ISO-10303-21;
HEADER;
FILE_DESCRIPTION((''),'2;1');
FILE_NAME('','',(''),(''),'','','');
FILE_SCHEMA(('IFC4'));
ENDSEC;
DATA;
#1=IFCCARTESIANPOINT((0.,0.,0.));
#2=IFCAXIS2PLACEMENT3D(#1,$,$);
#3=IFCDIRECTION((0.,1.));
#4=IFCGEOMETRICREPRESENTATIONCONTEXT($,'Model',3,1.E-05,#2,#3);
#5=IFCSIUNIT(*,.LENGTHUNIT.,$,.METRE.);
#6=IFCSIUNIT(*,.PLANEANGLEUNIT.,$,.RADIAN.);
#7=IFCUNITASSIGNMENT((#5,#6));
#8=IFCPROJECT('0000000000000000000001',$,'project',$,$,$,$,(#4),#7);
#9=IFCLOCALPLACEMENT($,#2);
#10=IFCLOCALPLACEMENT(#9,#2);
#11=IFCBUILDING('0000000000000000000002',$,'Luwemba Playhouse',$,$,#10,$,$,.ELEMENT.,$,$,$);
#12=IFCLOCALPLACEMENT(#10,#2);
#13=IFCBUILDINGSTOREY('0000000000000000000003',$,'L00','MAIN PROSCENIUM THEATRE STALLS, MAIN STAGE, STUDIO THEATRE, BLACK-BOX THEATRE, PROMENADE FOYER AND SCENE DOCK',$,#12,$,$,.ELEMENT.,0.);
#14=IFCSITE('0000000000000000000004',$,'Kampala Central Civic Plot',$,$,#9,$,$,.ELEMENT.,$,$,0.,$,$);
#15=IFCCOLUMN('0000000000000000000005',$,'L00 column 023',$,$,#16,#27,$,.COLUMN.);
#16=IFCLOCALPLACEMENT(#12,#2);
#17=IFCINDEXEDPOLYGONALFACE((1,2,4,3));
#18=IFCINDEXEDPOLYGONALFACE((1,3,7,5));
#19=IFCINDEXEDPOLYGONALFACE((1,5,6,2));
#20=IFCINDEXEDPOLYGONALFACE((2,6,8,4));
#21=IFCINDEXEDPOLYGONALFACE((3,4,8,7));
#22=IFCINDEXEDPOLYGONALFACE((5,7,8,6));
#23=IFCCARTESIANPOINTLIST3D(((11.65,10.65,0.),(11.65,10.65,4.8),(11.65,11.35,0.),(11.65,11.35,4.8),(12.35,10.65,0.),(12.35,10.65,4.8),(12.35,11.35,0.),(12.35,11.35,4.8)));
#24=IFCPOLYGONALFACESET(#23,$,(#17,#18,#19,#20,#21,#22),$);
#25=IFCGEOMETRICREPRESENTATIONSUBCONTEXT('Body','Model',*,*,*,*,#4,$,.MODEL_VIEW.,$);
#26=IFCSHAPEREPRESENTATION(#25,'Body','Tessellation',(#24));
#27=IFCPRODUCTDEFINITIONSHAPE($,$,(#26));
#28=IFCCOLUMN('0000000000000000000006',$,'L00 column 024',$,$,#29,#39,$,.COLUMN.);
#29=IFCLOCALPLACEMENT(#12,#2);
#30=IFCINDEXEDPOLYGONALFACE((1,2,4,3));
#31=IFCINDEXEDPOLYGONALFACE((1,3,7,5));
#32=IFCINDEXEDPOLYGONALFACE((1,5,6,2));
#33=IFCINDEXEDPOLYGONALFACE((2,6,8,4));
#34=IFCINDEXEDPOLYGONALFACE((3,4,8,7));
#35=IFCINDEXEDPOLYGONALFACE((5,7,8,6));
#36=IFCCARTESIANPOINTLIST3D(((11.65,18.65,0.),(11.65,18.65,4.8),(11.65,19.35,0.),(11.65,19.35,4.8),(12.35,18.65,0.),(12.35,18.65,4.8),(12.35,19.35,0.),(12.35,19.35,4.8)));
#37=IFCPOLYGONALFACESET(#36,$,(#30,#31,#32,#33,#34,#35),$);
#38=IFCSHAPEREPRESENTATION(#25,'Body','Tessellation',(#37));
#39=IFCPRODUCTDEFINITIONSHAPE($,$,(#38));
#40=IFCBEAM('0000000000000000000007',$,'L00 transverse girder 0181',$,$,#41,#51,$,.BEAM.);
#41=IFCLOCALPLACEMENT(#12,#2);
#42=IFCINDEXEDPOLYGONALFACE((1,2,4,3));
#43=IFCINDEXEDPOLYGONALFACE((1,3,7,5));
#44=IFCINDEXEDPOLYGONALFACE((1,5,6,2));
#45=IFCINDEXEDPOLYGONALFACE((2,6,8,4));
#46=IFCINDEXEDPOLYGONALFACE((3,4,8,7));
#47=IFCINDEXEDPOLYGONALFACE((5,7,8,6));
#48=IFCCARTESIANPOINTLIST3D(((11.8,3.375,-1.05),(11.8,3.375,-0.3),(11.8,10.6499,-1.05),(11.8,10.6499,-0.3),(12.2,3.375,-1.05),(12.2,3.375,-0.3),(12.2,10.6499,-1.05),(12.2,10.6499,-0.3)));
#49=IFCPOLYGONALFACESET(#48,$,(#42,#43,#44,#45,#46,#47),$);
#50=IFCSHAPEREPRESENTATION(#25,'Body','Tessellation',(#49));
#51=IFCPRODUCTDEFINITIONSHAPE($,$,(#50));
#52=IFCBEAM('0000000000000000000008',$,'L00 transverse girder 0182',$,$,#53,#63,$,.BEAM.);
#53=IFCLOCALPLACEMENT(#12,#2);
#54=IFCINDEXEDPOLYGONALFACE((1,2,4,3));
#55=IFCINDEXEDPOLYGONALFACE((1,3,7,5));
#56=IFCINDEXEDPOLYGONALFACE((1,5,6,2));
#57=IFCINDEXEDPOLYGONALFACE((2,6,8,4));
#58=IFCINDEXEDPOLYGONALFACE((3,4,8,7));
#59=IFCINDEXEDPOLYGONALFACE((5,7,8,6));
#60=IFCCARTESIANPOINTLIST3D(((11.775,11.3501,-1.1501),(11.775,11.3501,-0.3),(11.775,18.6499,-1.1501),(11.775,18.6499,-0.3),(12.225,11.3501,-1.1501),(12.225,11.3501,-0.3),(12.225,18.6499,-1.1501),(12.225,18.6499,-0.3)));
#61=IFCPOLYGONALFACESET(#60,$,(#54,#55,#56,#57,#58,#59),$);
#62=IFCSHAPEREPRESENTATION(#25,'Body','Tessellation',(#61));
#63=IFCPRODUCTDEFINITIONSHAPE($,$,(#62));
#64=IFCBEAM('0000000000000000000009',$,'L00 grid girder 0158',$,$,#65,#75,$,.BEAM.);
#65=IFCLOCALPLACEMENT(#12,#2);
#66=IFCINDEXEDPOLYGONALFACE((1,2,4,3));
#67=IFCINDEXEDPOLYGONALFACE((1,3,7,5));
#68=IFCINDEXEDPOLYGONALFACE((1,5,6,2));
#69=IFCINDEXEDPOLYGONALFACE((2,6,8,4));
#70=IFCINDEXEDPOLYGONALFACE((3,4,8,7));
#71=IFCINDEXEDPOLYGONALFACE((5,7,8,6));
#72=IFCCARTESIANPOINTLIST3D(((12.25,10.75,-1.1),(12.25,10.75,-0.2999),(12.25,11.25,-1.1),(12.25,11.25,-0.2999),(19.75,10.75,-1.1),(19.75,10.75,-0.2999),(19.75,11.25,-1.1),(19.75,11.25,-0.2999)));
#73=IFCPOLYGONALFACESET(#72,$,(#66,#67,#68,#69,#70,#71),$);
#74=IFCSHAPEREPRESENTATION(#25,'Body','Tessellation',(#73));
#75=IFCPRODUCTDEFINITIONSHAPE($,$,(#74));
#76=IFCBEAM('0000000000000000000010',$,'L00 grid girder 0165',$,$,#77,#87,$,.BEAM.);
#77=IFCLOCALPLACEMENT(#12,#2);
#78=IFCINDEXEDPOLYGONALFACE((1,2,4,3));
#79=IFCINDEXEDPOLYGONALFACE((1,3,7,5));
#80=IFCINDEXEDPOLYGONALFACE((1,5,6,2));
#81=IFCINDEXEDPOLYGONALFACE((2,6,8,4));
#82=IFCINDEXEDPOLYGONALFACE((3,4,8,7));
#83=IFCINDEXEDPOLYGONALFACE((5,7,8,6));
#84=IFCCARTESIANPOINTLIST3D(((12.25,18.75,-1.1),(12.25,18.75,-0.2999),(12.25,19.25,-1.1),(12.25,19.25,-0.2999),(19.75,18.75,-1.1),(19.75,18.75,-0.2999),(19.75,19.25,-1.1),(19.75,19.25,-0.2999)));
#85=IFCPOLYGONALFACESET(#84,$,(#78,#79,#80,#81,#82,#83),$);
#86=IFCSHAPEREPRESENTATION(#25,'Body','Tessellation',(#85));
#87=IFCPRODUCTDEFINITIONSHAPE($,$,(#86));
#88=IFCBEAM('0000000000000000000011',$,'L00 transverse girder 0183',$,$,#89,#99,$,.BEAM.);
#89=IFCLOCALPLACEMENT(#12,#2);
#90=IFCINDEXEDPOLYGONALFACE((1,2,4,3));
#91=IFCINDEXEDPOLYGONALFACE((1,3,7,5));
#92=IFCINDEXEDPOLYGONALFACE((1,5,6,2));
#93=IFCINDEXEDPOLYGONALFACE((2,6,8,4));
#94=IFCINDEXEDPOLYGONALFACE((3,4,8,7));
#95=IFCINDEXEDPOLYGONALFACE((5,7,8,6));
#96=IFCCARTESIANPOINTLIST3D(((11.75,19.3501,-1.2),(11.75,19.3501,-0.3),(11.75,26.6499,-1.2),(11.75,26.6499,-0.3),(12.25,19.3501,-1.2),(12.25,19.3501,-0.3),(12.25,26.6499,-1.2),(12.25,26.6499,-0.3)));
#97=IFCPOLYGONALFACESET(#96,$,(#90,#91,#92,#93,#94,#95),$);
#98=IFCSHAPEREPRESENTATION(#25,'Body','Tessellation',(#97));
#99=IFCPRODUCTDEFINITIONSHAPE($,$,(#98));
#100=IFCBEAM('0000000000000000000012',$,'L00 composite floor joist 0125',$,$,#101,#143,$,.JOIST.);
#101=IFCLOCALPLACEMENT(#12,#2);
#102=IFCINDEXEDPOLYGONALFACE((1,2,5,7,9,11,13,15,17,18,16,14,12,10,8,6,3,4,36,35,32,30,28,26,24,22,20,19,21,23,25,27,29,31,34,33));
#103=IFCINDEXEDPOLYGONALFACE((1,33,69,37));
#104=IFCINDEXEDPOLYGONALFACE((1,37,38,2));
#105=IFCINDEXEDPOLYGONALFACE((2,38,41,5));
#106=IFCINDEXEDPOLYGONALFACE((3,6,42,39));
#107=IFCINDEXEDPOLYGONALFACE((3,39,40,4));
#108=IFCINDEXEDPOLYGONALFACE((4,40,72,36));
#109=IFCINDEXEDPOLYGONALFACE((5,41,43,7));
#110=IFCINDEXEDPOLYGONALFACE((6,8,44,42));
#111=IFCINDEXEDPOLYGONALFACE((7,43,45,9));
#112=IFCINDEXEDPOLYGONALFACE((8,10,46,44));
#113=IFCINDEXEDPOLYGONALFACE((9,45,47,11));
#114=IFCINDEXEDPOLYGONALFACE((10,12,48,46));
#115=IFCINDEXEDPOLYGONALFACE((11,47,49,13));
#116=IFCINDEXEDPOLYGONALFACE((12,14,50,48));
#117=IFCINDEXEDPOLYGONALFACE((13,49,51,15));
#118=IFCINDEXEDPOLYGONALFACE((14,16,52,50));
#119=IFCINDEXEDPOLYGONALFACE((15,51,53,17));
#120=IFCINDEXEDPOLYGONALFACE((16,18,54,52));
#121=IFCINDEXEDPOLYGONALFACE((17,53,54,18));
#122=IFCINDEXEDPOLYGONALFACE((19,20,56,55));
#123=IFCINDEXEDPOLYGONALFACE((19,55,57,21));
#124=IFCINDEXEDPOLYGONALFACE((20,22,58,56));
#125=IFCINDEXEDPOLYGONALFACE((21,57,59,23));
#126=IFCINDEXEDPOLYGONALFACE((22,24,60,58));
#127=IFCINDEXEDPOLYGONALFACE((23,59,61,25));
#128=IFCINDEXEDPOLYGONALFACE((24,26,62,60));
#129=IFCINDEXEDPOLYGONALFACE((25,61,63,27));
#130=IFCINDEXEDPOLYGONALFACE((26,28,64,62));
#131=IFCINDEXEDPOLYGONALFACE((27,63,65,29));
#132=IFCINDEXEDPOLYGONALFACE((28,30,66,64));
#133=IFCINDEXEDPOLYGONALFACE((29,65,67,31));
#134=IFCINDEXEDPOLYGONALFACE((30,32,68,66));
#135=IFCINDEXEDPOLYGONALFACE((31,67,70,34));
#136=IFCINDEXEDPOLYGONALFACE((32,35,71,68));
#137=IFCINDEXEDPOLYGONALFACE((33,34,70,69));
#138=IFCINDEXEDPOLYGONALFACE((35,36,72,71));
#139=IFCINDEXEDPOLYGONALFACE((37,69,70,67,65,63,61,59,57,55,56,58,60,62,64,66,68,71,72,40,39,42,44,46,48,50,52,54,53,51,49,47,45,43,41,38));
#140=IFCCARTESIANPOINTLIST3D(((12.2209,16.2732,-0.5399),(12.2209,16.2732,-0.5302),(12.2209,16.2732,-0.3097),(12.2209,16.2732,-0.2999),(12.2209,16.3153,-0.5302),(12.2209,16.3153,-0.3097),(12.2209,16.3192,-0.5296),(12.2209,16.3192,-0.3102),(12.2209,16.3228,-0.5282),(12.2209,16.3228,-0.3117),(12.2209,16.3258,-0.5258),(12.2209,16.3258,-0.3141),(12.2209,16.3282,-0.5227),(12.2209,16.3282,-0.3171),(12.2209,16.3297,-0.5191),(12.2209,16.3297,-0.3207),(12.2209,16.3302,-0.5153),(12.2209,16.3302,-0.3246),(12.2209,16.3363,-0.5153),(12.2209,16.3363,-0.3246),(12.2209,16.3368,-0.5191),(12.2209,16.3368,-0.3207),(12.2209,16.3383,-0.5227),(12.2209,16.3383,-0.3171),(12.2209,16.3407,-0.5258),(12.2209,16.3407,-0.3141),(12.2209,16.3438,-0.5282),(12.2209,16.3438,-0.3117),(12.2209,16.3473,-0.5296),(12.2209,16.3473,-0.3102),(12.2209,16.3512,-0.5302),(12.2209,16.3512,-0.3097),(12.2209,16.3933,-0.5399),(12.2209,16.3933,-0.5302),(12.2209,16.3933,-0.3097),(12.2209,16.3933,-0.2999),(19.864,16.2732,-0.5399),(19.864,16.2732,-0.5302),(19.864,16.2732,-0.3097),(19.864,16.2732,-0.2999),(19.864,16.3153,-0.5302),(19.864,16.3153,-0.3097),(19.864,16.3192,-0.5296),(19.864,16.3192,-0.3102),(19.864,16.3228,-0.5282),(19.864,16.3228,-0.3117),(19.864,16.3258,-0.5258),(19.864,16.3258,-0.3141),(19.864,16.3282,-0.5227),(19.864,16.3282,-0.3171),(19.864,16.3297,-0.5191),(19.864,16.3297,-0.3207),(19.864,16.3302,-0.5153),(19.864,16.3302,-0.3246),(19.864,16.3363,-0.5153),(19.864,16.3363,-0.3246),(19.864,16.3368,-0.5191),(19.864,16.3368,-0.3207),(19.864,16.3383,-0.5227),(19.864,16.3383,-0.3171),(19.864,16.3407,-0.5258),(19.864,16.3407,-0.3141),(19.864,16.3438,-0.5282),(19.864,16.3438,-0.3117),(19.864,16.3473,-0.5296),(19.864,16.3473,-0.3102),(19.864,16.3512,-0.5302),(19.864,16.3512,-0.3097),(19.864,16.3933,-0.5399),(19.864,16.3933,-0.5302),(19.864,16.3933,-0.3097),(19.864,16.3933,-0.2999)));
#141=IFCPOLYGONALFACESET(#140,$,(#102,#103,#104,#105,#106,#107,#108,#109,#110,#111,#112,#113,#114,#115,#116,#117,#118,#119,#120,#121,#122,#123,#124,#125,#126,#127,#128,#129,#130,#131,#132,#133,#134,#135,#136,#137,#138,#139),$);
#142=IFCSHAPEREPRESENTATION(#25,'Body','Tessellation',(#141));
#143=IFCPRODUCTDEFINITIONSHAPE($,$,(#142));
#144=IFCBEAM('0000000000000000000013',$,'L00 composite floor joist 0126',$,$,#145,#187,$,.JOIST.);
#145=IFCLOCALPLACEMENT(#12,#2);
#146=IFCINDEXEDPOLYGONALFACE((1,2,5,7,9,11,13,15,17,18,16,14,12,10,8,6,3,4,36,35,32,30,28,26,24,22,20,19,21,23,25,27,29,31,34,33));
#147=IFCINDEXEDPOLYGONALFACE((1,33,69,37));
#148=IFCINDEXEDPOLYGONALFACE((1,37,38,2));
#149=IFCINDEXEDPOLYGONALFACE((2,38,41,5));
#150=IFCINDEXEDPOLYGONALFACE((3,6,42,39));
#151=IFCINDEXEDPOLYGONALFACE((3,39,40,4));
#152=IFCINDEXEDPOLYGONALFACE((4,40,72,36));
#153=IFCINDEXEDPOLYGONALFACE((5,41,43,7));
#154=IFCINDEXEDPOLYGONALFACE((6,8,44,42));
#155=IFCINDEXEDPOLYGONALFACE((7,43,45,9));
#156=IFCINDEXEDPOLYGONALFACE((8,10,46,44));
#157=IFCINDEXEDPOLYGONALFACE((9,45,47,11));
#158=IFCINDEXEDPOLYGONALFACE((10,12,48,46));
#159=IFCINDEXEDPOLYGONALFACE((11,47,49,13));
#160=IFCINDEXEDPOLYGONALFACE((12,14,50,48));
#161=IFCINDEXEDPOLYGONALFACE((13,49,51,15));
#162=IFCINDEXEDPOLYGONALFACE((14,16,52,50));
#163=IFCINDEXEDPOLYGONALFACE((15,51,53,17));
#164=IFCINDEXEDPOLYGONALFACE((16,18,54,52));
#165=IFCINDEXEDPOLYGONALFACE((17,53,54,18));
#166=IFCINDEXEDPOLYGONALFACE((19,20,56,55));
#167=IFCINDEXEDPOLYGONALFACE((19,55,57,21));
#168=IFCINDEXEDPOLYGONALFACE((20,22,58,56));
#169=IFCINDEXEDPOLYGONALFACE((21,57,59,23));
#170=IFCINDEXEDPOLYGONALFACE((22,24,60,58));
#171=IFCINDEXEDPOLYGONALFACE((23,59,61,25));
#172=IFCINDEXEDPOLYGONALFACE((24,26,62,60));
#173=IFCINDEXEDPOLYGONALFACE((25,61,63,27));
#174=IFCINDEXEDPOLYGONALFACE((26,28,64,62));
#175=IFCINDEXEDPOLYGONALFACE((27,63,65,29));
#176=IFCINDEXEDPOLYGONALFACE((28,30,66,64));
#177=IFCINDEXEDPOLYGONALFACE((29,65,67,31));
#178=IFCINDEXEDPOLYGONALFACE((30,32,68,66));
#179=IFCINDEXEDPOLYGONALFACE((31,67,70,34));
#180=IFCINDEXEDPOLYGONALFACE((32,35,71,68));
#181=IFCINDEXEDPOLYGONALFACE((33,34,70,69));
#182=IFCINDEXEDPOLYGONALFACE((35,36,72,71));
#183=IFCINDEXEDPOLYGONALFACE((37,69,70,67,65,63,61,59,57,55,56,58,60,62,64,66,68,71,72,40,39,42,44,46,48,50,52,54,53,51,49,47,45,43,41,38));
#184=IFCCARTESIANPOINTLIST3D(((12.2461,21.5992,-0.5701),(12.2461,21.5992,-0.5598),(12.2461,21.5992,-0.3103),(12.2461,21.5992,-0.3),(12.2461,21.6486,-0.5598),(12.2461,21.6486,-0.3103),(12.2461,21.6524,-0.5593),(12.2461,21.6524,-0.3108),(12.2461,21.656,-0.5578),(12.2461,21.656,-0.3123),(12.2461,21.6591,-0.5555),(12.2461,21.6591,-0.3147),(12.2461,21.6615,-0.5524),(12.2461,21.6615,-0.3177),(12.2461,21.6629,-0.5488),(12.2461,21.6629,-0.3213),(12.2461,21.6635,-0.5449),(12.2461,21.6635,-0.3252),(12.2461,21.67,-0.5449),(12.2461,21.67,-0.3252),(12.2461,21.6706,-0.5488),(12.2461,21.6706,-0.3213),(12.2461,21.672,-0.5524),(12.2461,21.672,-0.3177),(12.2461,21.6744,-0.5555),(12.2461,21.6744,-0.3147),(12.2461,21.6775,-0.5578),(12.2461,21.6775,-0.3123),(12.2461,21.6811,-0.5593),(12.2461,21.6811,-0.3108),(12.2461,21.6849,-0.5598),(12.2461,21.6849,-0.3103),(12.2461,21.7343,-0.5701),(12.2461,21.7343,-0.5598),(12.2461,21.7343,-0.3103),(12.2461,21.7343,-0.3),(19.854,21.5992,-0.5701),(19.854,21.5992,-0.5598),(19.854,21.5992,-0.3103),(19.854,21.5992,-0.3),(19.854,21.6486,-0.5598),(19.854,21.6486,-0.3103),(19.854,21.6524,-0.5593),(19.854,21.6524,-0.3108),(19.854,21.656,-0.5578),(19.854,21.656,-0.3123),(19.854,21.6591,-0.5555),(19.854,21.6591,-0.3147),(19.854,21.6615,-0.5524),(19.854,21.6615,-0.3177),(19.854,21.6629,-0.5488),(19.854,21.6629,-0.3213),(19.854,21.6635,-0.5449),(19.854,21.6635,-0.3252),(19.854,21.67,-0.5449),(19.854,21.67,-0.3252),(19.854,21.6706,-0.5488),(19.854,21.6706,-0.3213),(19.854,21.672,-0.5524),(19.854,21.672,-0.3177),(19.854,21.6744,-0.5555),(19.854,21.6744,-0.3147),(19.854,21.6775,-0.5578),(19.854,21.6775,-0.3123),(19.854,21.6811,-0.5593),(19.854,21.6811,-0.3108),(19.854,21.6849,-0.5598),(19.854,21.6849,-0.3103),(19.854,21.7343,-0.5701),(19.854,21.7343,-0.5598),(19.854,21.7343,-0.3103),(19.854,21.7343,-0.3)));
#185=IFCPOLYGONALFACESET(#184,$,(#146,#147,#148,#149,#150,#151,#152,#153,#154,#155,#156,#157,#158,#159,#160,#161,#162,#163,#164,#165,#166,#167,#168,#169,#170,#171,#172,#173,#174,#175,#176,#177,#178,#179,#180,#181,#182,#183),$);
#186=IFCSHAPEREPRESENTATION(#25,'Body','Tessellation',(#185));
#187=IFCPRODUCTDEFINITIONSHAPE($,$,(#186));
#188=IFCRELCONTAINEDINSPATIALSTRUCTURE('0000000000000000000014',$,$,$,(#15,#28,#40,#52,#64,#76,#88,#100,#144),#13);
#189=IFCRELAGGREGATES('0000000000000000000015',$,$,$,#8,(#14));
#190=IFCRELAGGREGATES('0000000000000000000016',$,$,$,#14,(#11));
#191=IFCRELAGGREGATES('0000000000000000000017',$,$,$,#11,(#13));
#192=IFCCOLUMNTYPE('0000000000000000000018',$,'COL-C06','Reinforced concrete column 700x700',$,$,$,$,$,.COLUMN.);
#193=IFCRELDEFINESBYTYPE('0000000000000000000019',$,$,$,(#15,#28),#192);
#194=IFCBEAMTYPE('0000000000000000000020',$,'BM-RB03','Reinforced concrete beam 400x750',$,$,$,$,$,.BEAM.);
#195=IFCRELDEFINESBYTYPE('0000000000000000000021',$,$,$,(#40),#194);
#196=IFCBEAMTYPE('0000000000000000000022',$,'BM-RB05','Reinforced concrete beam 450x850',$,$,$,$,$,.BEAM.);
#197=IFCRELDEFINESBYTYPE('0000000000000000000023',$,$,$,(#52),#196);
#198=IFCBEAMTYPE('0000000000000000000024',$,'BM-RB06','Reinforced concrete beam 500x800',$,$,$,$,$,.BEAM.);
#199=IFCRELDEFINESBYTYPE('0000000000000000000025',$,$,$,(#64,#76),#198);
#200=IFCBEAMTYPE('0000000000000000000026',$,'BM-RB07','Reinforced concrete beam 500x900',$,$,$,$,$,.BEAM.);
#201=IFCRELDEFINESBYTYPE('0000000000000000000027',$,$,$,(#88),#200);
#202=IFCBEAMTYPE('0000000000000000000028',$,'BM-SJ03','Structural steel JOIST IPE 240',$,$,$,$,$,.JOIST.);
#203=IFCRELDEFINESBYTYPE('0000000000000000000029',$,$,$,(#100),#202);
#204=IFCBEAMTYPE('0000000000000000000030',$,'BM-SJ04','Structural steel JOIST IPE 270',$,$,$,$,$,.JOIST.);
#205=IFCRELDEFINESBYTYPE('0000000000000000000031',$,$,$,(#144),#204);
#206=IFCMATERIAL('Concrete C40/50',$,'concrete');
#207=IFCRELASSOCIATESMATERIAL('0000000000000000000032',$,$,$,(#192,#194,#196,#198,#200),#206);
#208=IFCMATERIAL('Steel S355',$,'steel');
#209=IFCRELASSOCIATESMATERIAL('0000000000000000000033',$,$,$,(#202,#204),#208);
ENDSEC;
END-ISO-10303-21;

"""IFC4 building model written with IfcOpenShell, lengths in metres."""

from ifc_helpers import new_model, si_unit, direction, frame, origin, origin_2d, place, context, subcontext, project, spatial, rectangle, i_section, extrude, material, material_profile, profile_set, type_object, element, save


model = new_model("IFC4")

# Units and contexts
model_context = context("Model", 3, precision=1e-05, world=origin(), true_north=direction((0.0, 1.0)))
body_context = subcontext(model_context, "Body", "Model", "MODEL_VIEW")
ifc_project = project(units=[si_unit("LENGTHUNIT", "METRE"), si_unit("PLANEANGLEUNIT", "RADIAN")], contexts=[model_context])

# Site, building, storey
site_placement = place(None, origin())
site = spatial("IfcSite", under=ifc_project, at=site_placement, Name="Kampala Central Civic Plot", CompositionType="ELEMENT", RefElevation=0.0)
building_placement = place(site_placement, origin())
building = spatial("IfcBuilding", under=site, at=building_placement, Name="Luwemba Playhouse", CompositionType="ELEMENT")
storey_placement = place(building_placement, origin())
storey = spatial("IfcBuildingStorey", under=building, at=storey_placement, Name="L00", Description="MAIN PROSCENIUM THEATRE STALLS, MAIN STAGE, STUDIO THEATRE, BLACK-BOX THEATRE, PROMENADE FOYER AND SCENE DOCK", CompositionType="ELEMENT", Elevation=0.0)

# Columns
ifc_material_1 = material(Name="Concrete C40/50", Category="concrete")
ifc_material_profile_1 = material_profile(ifc_material_1, rectangle(XDim=0.7, YDim=0.7, at=origin_2d()))
ifc_profile_set_1 = profile_set([ifc_material_profile_1], Name="Concrete C40/50")
column_type = type_object("IfcColumnType", Name="COL-C06", Description="Reinforced concrete column 700x700", PredefinedType="COLUMN", material=ifc_profile_set_1)
for number, where, z_axis, x_axis, name in (
    (1, (12.0, 11.0, 0.0), (0.0, 0.0, 1.0), (1.0, 0.0, 0.0), "L00 column 023"),
    (2, (12.0, 19.0, 0.0), (0.0, 0.0, 1.0), (1.0, 0.0, 0.0), "L00 column 024"),
):
    element("IfcColumn", number, at=place(storey_placement, frame(where, z_axis=z_axis, x_axis=x_axis)), inside=storey, type_object=column_type, Name=name, PredefinedType="COLUMN", context=body_context, shape_type="SweptSolid", body=[
        extrude(rectangle(XDim=0.7, YDim=0.7, at=origin_2d()), origin(), (0.0, 0.0, 1.0), 4.8),
    ])

# Beams
ifc_material_profile_2 = material_profile(ifc_material_1, rectangle(XDim=0.3999, YDim=0.75, at=origin_2d()))
ifc_profile_set_2 = profile_set([ifc_material_profile_2], Name="Concrete C40/50")
beam_type_1 = type_object("IfcBeamType", Name="BM-RB03", Description="Reinforced concrete beam 400x750", PredefinedType="BEAM", material=ifc_profile_set_2)
beam_1_placement = place(storey_placement, frame((12.0, 3.375, -0.675), z_axis=(0.0, 1.0, 0.0), x_axis=(-1.0, 0.0, 0.0)))
element("IfcBeam", 3, at=beam_1_placement, inside=storey, type_object=beam_type_1, Name="L00 transverse girder 0181", PredefinedType="BEAM", context=body_context, shape_type="SweptSolid", body=[
    extrude(rectangle(XDim=0.3999, YDim=0.75, at=origin_2d()), origin(), (0.0, 0.0, 1.0), 7.2749),
])
ifc_material_profile_3 = material_profile(ifc_material_1, rectangle(XDim=0.45, YDim=0.8501, at=origin_2d()))
ifc_profile_set_3 = profile_set([ifc_material_profile_3], Name="Concrete C40/50")
beam_type_2 = type_object("IfcBeamType", Name="BM-RB05", Description="Reinforced concrete beam 450x850", PredefinedType="BEAM", material=ifc_profile_set_3)
beam_2_placement = place(storey_placement, frame((12.0, 11.3501, -0.7251), z_axis=(0.0, 1.0, 0.0), x_axis=(-1.0, 0.0, 0.0)))
element("IfcBeam", 4, at=beam_2_placement, inside=storey, type_object=beam_type_2, Name="L00 transverse girder 0182", PredefinedType="BEAM", context=body_context, shape_type="SweptSolid", body=[
    extrude(rectangle(XDim=0.45, YDim=0.8501, at=origin_2d()), origin(), (0.0, 0.0, 1.0), 7.2998),
])
ifc_material_profile_4 = material_profile(ifc_material_1, rectangle(XDim=0.5, YDim=0.8, at=origin_2d()))
ifc_profile_set_4 = profile_set([ifc_material_profile_4], Name="Concrete C40/50")
beam_type_3 = type_object("IfcBeamType", Name="BM-RB06", Description="Reinforced concrete beam 500x800", PredefinedType="BEAM", material=ifc_profile_set_4)
for number, where, z_axis, x_axis, name in (
    (5, (12.25, 11.0, -0.7), (1.0, 0.0, 0.0), (0.0, 1.0, 0.0), "L00 grid girder 0158"),
    (6, (12.25, 19.0, -0.7), (1.0, 0.0, 0.0), (0.0, 1.0, 0.0), "L00 grid girder 0165"),
):
    element("IfcBeam", number, at=place(storey_placement, frame(where, z_axis=z_axis, x_axis=x_axis)), inside=storey, type_object=beam_type_3, Name=name, PredefinedType="BEAM", context=body_context, shape_type="SweptSolid", body=[
        extrude(rectangle(XDim=0.5, YDim=0.8, at=origin_2d()), origin(), (0.0, 0.0, 1.0), 7.5),
    ])
ifc_material_profile_5 = material_profile(ifc_material_1, rectangle(XDim=0.5, YDim=0.8999, at=origin_2d()))
ifc_profile_set_5 = profile_set([ifc_material_profile_5], Name="Concrete C40/50")
beam_type_4 = type_object("IfcBeamType", Name="BM-RB07", Description="Reinforced concrete beam 500x900", PredefinedType="BEAM", material=ifc_profile_set_5)
beam_3_placement = place(storey_placement, frame((12.0, 19.3501, -0.75), z_axis=(0.0, 1.0, 0.0), x_axis=(-1.0, 0.0, 0.0)))
element("IfcBeam", 7, at=beam_3_placement, inside=storey, type_object=beam_type_4, Name="L00 transverse girder 0183", PredefinedType="BEAM", context=body_context, shape_type="SweptSolid", body=[
    extrude(rectangle(XDim=0.5, YDim=0.8999, at=origin_2d()), origin(), (0.0, 0.0, 1.0), 7.2998),
])
ifc_material_2 = material(Name="Steel S355", Category="steel")
ifc_material_profile_6 = material_profile(ifc_material_2, i_section(OverallWidth=0.1201, OverallDepth=0.24, WebThickness=0.0061, FlangeThickness=0.0098, FilletRadius=0.0149, at=origin_2d()))
ifc_profile_set_6 = profile_set([ifc_material_profile_6], Name="Steel S355")
beam_type_5 = type_object("IfcBeamType", Name="BM-SJ03", Description="Structural steel JOIST IPE 240", PredefinedType="JOIST", material=ifc_profile_set_6)
beam_4_placement = place(storey_placement, frame((12.2209, 16.3333, -0.4199), z_axis=(1.0, 0.0, 0.0), x_axis=(0.0, 1.0, 0.0)))
element("IfcBeam", 8, at=beam_4_placement, inside=storey, type_object=beam_type_5, Name="L00 composite floor joist 0125", PredefinedType="JOIST", context=body_context, shape_type="SweptSolid", body=[
    extrude(i_section(OverallWidth=0.1201, OverallDepth=0.24, WebThickness=0.0061, FlangeThickness=0.0098, FilletRadius=0.0149, at=origin_2d()), origin(), (0.0, 0.0, 1.0), 7.6431),
])
ifc_material_profile_7 = material_profile(ifc_material_2, i_section(OverallWidth=0.135, OverallDepth=0.27, WebThickness=0.0066, FlangeThickness=0.0103, FilletRadius=0.0149, at=origin_2d()))
ifc_profile_set_7 = profile_set([ifc_material_profile_7], Name="Steel S355")
beam_type_6 = type_object("IfcBeamType", Name="BM-SJ04", Description="Structural steel JOIST IPE 270", PredefinedType="JOIST", material=ifc_profile_set_7)
beam_5_placement = place(storey_placement, frame((12.2461, 21.6667, -0.4351), z_axis=(1.0, 0.0, 0.0), x_axis=(0.0, 1.0, 0.0)))
element("IfcBeam", 9, at=beam_5_placement, inside=storey, type_object=beam_type_6, Name="L00 composite floor joist 0126", PredefinedType="JOIST", context=body_context, shape_type="SweptSolid", body=[
    extrude(i_section(OverallWidth=0.135, OverallDepth=0.27, WebThickness=0.0066, FlangeThickness=0.0103, FilletRadius=0.0149, at=origin_2d()), origin(), (0.0, 0.0, 1.0), 7.6079),
])

save(model, "model.ifc")
